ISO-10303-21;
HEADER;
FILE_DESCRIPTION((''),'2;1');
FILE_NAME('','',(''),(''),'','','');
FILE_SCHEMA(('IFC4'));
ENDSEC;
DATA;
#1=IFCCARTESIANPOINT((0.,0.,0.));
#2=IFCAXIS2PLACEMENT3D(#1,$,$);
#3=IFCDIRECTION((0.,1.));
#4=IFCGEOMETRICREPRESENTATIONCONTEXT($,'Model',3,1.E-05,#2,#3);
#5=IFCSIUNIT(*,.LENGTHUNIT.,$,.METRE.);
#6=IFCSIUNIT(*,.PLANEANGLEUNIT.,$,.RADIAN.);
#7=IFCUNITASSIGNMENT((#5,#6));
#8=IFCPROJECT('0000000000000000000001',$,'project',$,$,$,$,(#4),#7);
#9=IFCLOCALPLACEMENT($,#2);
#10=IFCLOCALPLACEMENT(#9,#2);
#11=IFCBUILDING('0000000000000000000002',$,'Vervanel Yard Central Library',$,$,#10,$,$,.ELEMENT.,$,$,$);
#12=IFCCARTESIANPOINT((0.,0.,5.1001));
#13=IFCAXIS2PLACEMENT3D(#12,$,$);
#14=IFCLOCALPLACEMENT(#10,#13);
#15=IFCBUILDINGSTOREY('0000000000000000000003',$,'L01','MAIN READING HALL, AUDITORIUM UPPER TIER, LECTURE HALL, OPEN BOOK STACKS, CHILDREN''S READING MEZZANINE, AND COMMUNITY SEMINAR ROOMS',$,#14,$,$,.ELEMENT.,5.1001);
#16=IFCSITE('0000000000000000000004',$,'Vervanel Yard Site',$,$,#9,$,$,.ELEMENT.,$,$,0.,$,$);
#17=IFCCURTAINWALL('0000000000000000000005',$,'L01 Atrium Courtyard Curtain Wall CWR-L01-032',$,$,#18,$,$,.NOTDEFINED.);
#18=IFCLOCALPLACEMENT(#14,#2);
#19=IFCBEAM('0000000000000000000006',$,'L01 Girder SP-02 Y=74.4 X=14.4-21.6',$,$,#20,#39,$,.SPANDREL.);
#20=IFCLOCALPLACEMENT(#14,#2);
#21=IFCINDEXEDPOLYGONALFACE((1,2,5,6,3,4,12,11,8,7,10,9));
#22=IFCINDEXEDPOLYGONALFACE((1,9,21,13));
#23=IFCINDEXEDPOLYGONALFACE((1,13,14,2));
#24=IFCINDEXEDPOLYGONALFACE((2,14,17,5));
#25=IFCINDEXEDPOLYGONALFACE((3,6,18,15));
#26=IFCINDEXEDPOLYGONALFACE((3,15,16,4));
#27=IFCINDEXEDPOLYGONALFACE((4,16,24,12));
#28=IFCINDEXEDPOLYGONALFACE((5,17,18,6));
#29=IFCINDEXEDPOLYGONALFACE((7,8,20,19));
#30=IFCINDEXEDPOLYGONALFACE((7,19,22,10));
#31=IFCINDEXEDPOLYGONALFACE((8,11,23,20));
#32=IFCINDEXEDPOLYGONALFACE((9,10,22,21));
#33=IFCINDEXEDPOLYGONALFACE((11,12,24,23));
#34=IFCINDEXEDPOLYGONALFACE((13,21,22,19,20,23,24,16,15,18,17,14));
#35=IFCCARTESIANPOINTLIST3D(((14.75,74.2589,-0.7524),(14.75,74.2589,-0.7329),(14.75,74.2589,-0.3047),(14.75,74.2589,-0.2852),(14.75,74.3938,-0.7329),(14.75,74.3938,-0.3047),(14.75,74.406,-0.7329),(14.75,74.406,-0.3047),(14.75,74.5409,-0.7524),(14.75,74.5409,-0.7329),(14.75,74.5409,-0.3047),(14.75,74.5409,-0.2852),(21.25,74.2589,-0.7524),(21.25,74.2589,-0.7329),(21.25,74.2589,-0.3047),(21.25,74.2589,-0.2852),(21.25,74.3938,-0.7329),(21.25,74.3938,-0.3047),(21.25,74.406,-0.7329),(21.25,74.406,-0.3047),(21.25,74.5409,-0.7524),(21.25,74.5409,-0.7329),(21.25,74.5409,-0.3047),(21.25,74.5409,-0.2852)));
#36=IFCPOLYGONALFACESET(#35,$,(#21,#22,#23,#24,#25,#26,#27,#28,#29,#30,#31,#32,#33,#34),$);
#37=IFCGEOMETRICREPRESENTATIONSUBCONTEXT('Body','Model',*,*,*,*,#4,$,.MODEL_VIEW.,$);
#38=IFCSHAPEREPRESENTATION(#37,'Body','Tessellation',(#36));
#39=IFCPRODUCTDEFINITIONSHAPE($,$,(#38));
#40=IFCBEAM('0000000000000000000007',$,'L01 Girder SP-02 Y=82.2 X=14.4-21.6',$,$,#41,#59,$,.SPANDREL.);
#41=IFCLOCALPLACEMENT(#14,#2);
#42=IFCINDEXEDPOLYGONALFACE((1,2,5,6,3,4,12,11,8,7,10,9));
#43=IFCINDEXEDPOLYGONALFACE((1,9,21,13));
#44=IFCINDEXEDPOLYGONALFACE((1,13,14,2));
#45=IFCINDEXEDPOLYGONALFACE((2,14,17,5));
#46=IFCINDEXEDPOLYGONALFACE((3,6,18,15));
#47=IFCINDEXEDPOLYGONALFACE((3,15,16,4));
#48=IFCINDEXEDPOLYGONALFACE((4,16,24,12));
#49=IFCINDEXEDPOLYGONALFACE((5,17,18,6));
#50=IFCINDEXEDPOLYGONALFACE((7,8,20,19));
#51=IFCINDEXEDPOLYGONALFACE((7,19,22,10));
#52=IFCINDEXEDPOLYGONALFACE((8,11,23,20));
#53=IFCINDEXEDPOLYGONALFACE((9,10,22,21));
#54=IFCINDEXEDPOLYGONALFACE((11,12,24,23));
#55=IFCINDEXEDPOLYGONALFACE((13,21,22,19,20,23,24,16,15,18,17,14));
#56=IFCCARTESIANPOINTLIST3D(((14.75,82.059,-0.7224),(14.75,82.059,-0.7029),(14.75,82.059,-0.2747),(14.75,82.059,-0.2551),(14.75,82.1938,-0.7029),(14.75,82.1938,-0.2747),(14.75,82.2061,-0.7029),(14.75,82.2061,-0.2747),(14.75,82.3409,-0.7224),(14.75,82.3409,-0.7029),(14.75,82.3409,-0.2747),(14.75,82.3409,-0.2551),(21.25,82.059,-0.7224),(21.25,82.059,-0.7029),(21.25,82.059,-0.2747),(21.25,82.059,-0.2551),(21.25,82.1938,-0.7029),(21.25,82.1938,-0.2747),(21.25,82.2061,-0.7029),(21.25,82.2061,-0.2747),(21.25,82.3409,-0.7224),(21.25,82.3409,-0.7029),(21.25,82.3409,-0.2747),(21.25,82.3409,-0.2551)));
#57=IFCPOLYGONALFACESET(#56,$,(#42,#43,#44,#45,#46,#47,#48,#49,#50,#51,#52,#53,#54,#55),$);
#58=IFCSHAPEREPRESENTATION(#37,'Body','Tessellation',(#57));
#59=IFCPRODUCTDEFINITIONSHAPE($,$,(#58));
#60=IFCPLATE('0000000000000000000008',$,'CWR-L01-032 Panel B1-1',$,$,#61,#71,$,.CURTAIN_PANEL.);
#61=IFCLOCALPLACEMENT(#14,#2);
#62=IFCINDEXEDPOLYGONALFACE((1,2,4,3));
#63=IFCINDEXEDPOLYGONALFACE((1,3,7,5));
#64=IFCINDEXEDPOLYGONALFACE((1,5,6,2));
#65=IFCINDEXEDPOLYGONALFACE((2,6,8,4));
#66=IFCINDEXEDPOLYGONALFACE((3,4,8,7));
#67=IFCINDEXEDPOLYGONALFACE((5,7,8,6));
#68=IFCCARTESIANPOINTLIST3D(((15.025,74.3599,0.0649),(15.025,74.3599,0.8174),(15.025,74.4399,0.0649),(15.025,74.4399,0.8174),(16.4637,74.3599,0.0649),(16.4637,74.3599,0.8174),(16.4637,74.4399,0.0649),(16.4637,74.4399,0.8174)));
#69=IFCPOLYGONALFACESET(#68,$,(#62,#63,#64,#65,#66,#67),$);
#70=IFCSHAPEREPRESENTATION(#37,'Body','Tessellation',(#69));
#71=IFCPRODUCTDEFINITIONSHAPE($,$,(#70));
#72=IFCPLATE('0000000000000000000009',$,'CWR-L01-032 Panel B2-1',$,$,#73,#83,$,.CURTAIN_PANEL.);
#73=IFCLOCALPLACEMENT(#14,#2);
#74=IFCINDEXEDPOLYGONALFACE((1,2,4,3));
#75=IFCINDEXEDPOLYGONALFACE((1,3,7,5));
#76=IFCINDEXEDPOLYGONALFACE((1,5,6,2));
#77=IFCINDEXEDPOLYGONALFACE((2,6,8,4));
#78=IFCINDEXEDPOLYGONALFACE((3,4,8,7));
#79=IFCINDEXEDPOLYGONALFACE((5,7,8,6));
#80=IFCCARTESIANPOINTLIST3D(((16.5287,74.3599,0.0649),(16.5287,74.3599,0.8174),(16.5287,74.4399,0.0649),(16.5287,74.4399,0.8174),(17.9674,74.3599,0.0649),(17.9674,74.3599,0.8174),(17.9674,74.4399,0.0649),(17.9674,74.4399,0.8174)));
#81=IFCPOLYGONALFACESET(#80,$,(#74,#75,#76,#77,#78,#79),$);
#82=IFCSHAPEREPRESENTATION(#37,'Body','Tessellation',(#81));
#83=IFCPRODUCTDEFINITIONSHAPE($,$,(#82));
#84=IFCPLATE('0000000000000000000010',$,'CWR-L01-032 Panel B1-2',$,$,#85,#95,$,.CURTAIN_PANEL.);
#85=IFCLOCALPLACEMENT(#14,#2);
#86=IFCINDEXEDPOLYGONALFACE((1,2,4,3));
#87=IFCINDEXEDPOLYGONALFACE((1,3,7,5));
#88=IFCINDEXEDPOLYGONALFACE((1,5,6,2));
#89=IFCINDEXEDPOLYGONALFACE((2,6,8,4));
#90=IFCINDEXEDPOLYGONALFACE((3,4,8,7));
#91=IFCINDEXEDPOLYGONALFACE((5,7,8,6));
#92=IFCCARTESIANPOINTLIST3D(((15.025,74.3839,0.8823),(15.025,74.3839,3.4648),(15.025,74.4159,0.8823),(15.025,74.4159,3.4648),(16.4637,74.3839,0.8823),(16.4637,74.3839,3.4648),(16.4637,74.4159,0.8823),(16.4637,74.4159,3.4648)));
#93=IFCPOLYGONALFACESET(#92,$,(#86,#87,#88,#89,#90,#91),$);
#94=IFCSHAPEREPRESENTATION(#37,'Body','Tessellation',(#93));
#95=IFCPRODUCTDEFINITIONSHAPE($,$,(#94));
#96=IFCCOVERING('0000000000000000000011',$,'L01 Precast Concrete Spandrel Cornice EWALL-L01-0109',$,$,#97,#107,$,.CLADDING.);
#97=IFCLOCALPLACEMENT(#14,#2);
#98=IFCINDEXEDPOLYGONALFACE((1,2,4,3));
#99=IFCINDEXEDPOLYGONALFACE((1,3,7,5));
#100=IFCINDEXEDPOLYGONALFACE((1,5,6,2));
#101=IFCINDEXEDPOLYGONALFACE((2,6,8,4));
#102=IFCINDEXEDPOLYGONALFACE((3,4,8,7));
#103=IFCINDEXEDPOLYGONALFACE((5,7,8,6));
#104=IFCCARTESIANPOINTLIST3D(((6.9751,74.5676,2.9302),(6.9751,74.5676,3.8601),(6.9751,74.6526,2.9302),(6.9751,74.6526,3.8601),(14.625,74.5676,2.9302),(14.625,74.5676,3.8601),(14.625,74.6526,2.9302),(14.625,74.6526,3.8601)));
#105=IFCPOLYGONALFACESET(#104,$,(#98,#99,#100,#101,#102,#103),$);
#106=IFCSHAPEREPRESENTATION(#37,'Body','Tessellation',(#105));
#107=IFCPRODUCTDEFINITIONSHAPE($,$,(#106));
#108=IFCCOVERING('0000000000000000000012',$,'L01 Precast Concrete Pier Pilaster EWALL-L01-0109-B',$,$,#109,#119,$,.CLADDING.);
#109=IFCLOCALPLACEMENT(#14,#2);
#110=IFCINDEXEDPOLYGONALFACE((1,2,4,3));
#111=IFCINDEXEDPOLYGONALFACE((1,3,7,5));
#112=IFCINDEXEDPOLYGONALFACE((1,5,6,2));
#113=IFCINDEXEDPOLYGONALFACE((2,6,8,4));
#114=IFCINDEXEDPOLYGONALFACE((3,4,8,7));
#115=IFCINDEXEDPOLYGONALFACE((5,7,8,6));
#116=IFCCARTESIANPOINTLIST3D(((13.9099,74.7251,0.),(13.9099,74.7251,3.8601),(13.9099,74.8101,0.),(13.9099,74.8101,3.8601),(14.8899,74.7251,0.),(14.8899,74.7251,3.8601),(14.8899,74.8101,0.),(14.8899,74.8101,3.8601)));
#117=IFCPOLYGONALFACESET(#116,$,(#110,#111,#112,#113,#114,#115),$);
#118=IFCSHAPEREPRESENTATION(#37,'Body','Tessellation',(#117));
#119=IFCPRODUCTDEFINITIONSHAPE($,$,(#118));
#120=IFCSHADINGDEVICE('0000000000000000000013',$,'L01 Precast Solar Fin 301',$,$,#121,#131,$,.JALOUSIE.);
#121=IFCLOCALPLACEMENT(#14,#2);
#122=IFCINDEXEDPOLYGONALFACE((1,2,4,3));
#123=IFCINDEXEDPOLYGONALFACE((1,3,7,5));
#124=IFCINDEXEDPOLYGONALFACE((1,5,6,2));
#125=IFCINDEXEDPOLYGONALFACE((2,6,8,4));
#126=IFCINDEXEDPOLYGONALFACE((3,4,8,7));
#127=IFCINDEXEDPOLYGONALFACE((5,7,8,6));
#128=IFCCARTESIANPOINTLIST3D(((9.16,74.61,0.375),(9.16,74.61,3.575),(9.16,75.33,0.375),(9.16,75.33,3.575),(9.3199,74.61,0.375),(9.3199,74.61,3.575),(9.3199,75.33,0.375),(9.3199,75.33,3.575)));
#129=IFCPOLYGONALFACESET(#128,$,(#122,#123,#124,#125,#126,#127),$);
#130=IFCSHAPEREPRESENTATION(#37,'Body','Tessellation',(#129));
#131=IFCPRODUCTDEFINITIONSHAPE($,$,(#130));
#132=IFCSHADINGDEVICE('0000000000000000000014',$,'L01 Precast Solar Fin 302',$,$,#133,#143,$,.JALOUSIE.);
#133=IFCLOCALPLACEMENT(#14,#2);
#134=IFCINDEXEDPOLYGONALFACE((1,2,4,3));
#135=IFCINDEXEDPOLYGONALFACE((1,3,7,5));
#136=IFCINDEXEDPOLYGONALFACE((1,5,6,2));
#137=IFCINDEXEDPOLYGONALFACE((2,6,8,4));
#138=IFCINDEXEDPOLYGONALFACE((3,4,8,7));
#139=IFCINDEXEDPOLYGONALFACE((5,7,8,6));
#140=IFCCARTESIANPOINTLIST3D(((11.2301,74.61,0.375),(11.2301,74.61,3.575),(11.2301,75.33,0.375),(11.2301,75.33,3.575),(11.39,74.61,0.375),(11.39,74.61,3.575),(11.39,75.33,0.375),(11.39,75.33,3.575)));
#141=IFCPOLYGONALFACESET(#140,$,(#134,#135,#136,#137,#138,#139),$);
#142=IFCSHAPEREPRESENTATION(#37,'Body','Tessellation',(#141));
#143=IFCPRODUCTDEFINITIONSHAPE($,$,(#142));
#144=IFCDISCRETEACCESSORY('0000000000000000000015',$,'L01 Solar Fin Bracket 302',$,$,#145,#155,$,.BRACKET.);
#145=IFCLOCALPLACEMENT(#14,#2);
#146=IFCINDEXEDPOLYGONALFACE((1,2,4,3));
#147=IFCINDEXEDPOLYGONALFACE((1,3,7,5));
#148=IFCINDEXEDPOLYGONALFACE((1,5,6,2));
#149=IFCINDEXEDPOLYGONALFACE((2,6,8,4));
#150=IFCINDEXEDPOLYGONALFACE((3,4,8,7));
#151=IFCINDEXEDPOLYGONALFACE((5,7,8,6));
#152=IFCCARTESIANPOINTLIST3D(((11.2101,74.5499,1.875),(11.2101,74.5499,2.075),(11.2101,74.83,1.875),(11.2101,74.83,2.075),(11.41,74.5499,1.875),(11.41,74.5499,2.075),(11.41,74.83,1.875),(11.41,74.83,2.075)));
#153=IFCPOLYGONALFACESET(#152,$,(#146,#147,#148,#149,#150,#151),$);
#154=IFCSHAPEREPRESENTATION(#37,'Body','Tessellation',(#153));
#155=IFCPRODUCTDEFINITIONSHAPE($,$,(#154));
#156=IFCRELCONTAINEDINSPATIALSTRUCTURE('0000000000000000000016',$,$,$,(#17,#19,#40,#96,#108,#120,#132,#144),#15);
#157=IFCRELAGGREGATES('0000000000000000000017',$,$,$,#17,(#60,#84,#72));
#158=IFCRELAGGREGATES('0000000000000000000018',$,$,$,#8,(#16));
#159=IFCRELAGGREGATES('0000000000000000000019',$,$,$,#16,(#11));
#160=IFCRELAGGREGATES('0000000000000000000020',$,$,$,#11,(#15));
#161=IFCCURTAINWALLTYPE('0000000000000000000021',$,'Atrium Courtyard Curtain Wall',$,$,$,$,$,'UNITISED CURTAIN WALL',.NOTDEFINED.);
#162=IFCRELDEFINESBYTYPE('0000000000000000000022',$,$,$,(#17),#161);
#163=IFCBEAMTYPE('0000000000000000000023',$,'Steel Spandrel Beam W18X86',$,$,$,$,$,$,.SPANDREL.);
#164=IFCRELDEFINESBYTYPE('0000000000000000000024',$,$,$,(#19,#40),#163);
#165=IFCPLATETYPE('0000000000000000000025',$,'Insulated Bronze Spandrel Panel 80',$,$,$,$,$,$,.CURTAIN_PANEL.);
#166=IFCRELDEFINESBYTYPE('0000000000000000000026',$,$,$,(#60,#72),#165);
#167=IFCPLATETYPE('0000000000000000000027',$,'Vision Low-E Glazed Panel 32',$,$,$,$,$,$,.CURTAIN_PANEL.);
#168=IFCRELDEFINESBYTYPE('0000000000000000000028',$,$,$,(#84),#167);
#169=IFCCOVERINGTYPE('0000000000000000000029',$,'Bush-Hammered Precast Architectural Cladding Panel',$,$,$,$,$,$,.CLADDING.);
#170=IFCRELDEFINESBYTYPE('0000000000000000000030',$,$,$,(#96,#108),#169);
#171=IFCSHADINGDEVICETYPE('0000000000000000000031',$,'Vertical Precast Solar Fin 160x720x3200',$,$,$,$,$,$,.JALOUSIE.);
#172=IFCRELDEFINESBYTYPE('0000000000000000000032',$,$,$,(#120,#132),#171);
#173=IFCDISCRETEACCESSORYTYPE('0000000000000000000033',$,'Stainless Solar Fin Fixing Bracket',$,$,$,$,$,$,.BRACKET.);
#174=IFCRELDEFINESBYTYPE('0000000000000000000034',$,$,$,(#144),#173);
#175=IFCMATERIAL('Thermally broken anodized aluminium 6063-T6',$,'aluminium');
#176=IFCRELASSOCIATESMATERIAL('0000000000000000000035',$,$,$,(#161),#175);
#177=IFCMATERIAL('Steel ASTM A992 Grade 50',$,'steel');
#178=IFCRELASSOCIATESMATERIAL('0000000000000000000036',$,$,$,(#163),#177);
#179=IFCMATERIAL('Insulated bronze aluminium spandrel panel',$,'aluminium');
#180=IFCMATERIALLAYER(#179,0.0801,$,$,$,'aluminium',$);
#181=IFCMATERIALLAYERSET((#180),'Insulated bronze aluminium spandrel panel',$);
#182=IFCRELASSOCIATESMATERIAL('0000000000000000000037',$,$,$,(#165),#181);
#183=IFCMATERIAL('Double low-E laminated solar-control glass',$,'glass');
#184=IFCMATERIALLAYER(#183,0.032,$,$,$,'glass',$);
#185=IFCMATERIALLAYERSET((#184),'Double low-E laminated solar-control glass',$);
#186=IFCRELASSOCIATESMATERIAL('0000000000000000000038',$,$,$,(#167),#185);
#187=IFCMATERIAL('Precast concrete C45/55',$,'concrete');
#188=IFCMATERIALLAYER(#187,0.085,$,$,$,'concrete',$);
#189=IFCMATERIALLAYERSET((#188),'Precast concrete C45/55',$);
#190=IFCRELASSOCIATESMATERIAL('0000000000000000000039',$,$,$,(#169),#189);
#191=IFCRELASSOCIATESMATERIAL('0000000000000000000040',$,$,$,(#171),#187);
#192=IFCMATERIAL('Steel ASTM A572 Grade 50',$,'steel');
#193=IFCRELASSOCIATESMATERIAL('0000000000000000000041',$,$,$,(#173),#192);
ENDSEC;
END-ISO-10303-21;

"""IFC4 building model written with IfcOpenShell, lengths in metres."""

from ifc_helpers import new_model, si_unit, direction, frame, origin, origin_2d, place, context, subcontext, project, spatial, rectangle, i_section, extrude, material, layer, layer_set, material_profile, profile_set, type_object, element, aggregate, save


model = new_model("IFC4")

# Units and contexts
model_context = context("Model", 3, precision=1e-05, world=origin(), true_north=direction((0.0, 1.0)))
body_context = subcontext(model_context, "Body", "Model", "MODEL_VIEW")
ifc_project = project(units=[si_unit("LENGTHUNIT", "METRE"), si_unit("PLANEANGLEUNIT", "RADIAN")], contexts=[model_context])

# Site, building, storey
site_placement = place(None, origin())
site = spatial("IfcSite", under=ifc_project, at=site_placement, Name="Vervanel Yard Site", CompositionType="ELEMENT", RefElevation=0.0)
building_placement = place(site_placement, origin())
building = spatial("IfcBuilding", under=site, at=building_placement, Name="Vervanel Yard Central Library", CompositionType="ELEMENT")
storey_placement = place(building_placement, frame((0.0, 0.0, 5.1001)))
storey = spatial("IfcBuildingStorey", under=building, at=storey_placement, Name="L01", Description="MAIN READING HALL, AUDITORIUM UPPER TIER, LECTURE HALL, OPEN BOOK STACKS, CHILDREN'S READING MEZZANINE, AND COMMUNITY SEMINAR ROOMS", CompositionType="ELEMENT", Elevation=5.1001)

# Curtain wall
ifc_material_1 = material(Name="Thermally broken anodized aluminium 6063-T6", Category="aluminium")
curtain_wall_type = type_object("IfcCurtainWallType", Name="Atrium Courtyard Curtain Wall", ElementType="UNITISED CURTAIN WALL", PredefinedType="NOTDEFINED", material=ifc_material_1)
curtain_wall_placement = place(storey_placement, origin())
curtain_wall = element("IfcCurtainWall", 1, at=curtain_wall_placement, inside=storey, type_object=curtain_wall_type, Name="L01 Atrium Courtyard Curtain Wall CWR-L01-032", PredefinedType="NOTDEFINED")

# Beams
ifc_material_2 = material(Name="Steel ASTM A992 Grade 50", Category="steel")
ifc_material_profile_1 = material_profile(ifc_material_2, i_section(OverallWidth=0.282, OverallDepth=0.4673, WebThickness=0.0122, FlangeThickness=0.0195, at=origin_2d()), Name="W18X86", Category="steel")
ifc_profile_set_1 = profile_set([ifc_material_profile_1], Name="Steel ASTM A992 Grade 50")
beam_type_1 = type_object("IfcBeamType", Name="Steel Spandrel Beam W18X86", PredefinedType="SPANDREL", material=ifc_profile_set_1)
for number, where, z_axis, x_axis, name in (
    (2, (14.75, 74.3999, -0.5188), (1.0, 0.0, 0.0), (0.0, 1.0, 0.0), "L01 Girder SP-02 Y=74.4 X=14.4-21.6"),
    (3, (14.75, 82.2, -0.4888), (1.0, 0.0, 0.0), (0.0, 1.0, 0.0), "L01 Girder SP-02 Y=82.2 X=14.4-21.6"),
):
    element("IfcBeam", number, at=place(storey_placement, frame(where, z_axis=z_axis, x_axis=x_axis)), inside=storey, type_object=beam_type_1, Name=name, PredefinedType="SPANDREL", context=body_context, shape_type="SweptSolid", body=[
        extrude(i_section(OverallWidth=0.282, OverallDepth=0.4673, WebThickness=0.0122, FlangeThickness=0.0195, at=origin_2d()), origin(), (0.0, 0.0, 1.0), 6.5),
    ])

# Plates
ifc_material_3 = material(Name="Insulated bronze aluminium spandrel panel", Category="aluminium")
ifc_layer_1 = layer(ifc_material_3, 0.0801, Category="aluminium")
ifc_layer_set_1 = layer_set([ifc_layer_1], Name="Insulated bronze aluminium spandrel panel")
plate_type_1 = type_object("IfcPlateType", Name="Insulated Bronze Spandrel Panel 80", PredefinedType="CURTAIN_PANEL", material=ifc_layer_set_1)
plate_1_placement = place(storey_placement, frame((15.7444, 74.3999, 0.0649), z_axis=(0.0, 0.0, 1.0), x_axis=(1.0, 0.0, 0.0)))
plate_1 = element("IfcPlate", 4, at=plate_1_placement, type_object=plate_type_1, Name="CWR-L01-032 Panel B1-1", PredefinedType="CURTAIN_PANEL", context=body_context, shape_type="SweptSolid", body=[
    extrude(rectangle(XDim=1.4387, YDim=0.0801, at=origin_2d()), origin(), (0.0, 0.0, 1.0), 0.7524),
])
plate_2_placement = place(storey_placement, frame((17.248, 74.3999, 0.0649), z_axis=(0.0, 0.0, 1.0), x_axis=(1.0, 0.0, 0.0)))
plate_2 = element("IfcPlate", 5, at=plate_2_placement, type_object=plate_type_1, Name="CWR-L01-032 Panel B2-1", PredefinedType="CURTAIN_PANEL", context=body_context, shape_type="SweptSolid", body=[
    extrude(rectangle(XDim=1.4387, YDim=0.0801, at=origin_2d()), origin(), (0.0, 0.0, 1.0), 0.7524),
])
ifc_material_4 = material(Name="Double low-E laminated solar-control glass", Category="glass")
ifc_layer_2 = layer(ifc_material_4, 0.032, Category="glass")
ifc_layer_set_2 = layer_set([ifc_layer_2], Name="Double low-E laminated solar-control glass")
plate_type_2 = type_object("IfcPlateType", Name="Vision Low-E Glazed Panel 32", PredefinedType="CURTAIN_PANEL", material=ifc_layer_set_2)
plate_3_placement = place(storey_placement, frame((15.7444, 74.3999, 0.8823), z_axis=(0.0, 0.0, 1.0), x_axis=(1.0, 0.0, 0.0)))
plate_3 = element("IfcPlate", 6, at=plate_3_placement, type_object=plate_type_2, Name="CWR-L01-032 Panel B1-2", PredefinedType="CURTAIN_PANEL", context=body_context, shape_type="SweptSolid", body=[
    extrude(rectangle(XDim=1.4387, YDim=0.032, at=origin_2d()), origin(), (0.0, 0.0, 1.0), 2.5825),
])
aggregate(curtain_wall, [plate_1, plate_3, plate_2])

# Coverings
ifc_material_5 = material(Name="Precast concrete C45/55", Category="concrete")
ifc_layer_3 = layer(ifc_material_5, 0.085, Category="concrete")
ifc_layer_set_3 = layer_set([ifc_layer_3], Name="Precast concrete C45/55")
covering_type = type_object("IfcCoveringType", Name="Bush-Hammered Precast Architectural Cladding Panel", PredefinedType="CLADDING", material=ifc_layer_set_3)
covering_1_placement = place(storey_placement, frame((10.8, 74.6101, 2.9302), z_axis=(0.0, 0.0, 1.0), x_axis=(1.0, 0.0, 0.0)))
element("IfcCovering", 7, at=covering_1_placement, inside=storey, type_object=covering_type, Name="L01 Precast Concrete Spandrel Cornice EWALL-L01-0109", PredefinedType="CLADDING", context=body_context, shape_type="SweptSolid", body=[
    extrude(rectangle(XDim=7.6499, YDim=0.085, at=origin_2d()), origin(), (0.0, 0.0, 1.0), 0.9299),
])
covering_2_placement = place(storey_placement, frame((14.3999, 74.7676, 0.0), z_axis=(0.0, 0.0, 1.0), x_axis=(1.0, 0.0, 0.0)))
element("IfcCovering", 8, at=covering_2_placement, inside=storey, type_object=covering_type, Name="L01 Precast Concrete Pier Pilaster EWALL-L01-0109-B", PredefinedType="CLADDING", context=body_context, shape_type="SweptSolid", body=[
    extrude(rectangle(XDim=0.98, YDim=0.085, at=origin_2d()), origin(), (0.0, 0.0, 1.0), 3.8601),
])

# Shading devices
shading_device_type = type_object("IfcShadingDeviceType", Name="Vertical Precast Solar Fin 160x720x3200", PredefinedType="JALOUSIE", material=ifc_material_5)
for number, where, z_axis, x_axis, name in (
    (9, (9.24, 74.97, 0.375), (0.0, 0.0, 1.0), (1.0, 0.0, 0.0), "L01 Precast Solar Fin 301"),
    (10, (11.3101, 74.97, 0.375), (0.0, 0.0, 1.0), (1.0, 0.0, 0.0), "L01 Precast Solar Fin 302"),
):
    element("IfcShadingDevice", number, at=place(storey_placement, frame(where, z_axis=z_axis, x_axis=x_axis)), inside=storey, type_object=shading_device_type, Name=name, PredefinedType="JALOUSIE", context=body_context, shape_type="SweptSolid", body=[
        extrude(rectangle(XDim=0.1599, YDim=0.72, at=origin_2d()), origin(), (0.0, 0.0, 1.0), 3.2),
    ])

# Discrete accessory
ifc_material_6 = material(Name="Steel ASTM A572 Grade 50", Category="steel")
discrete_accessory_type = type_object("IfcDiscreteAccessoryType", Name="Stainless Solar Fin Fixing Bracket", PredefinedType="BRACKET", material=ifc_material_6)
discrete_accessory_placement = place(storey_placement, frame((11.3101, 74.6899, 1.875), z_axis=(0.0, 0.0, 1.0), x_axis=(1.0, 0.0, 0.0)))
element("IfcDiscreteAccessory", 11, at=discrete_accessory_placement, inside=storey, type_object=discrete_accessory_type, Name="L01 Solar Fin Bracket 302", PredefinedType="BRACKET", context=body_context, shape_type="SweptSolid", body=[
    extrude(rectangle(XDim=0.2, YDim=0.28, at=origin_2d()), origin(), (0.0, 0.0, 1.0), 0.2),
])

save(model, "model.ifc")
